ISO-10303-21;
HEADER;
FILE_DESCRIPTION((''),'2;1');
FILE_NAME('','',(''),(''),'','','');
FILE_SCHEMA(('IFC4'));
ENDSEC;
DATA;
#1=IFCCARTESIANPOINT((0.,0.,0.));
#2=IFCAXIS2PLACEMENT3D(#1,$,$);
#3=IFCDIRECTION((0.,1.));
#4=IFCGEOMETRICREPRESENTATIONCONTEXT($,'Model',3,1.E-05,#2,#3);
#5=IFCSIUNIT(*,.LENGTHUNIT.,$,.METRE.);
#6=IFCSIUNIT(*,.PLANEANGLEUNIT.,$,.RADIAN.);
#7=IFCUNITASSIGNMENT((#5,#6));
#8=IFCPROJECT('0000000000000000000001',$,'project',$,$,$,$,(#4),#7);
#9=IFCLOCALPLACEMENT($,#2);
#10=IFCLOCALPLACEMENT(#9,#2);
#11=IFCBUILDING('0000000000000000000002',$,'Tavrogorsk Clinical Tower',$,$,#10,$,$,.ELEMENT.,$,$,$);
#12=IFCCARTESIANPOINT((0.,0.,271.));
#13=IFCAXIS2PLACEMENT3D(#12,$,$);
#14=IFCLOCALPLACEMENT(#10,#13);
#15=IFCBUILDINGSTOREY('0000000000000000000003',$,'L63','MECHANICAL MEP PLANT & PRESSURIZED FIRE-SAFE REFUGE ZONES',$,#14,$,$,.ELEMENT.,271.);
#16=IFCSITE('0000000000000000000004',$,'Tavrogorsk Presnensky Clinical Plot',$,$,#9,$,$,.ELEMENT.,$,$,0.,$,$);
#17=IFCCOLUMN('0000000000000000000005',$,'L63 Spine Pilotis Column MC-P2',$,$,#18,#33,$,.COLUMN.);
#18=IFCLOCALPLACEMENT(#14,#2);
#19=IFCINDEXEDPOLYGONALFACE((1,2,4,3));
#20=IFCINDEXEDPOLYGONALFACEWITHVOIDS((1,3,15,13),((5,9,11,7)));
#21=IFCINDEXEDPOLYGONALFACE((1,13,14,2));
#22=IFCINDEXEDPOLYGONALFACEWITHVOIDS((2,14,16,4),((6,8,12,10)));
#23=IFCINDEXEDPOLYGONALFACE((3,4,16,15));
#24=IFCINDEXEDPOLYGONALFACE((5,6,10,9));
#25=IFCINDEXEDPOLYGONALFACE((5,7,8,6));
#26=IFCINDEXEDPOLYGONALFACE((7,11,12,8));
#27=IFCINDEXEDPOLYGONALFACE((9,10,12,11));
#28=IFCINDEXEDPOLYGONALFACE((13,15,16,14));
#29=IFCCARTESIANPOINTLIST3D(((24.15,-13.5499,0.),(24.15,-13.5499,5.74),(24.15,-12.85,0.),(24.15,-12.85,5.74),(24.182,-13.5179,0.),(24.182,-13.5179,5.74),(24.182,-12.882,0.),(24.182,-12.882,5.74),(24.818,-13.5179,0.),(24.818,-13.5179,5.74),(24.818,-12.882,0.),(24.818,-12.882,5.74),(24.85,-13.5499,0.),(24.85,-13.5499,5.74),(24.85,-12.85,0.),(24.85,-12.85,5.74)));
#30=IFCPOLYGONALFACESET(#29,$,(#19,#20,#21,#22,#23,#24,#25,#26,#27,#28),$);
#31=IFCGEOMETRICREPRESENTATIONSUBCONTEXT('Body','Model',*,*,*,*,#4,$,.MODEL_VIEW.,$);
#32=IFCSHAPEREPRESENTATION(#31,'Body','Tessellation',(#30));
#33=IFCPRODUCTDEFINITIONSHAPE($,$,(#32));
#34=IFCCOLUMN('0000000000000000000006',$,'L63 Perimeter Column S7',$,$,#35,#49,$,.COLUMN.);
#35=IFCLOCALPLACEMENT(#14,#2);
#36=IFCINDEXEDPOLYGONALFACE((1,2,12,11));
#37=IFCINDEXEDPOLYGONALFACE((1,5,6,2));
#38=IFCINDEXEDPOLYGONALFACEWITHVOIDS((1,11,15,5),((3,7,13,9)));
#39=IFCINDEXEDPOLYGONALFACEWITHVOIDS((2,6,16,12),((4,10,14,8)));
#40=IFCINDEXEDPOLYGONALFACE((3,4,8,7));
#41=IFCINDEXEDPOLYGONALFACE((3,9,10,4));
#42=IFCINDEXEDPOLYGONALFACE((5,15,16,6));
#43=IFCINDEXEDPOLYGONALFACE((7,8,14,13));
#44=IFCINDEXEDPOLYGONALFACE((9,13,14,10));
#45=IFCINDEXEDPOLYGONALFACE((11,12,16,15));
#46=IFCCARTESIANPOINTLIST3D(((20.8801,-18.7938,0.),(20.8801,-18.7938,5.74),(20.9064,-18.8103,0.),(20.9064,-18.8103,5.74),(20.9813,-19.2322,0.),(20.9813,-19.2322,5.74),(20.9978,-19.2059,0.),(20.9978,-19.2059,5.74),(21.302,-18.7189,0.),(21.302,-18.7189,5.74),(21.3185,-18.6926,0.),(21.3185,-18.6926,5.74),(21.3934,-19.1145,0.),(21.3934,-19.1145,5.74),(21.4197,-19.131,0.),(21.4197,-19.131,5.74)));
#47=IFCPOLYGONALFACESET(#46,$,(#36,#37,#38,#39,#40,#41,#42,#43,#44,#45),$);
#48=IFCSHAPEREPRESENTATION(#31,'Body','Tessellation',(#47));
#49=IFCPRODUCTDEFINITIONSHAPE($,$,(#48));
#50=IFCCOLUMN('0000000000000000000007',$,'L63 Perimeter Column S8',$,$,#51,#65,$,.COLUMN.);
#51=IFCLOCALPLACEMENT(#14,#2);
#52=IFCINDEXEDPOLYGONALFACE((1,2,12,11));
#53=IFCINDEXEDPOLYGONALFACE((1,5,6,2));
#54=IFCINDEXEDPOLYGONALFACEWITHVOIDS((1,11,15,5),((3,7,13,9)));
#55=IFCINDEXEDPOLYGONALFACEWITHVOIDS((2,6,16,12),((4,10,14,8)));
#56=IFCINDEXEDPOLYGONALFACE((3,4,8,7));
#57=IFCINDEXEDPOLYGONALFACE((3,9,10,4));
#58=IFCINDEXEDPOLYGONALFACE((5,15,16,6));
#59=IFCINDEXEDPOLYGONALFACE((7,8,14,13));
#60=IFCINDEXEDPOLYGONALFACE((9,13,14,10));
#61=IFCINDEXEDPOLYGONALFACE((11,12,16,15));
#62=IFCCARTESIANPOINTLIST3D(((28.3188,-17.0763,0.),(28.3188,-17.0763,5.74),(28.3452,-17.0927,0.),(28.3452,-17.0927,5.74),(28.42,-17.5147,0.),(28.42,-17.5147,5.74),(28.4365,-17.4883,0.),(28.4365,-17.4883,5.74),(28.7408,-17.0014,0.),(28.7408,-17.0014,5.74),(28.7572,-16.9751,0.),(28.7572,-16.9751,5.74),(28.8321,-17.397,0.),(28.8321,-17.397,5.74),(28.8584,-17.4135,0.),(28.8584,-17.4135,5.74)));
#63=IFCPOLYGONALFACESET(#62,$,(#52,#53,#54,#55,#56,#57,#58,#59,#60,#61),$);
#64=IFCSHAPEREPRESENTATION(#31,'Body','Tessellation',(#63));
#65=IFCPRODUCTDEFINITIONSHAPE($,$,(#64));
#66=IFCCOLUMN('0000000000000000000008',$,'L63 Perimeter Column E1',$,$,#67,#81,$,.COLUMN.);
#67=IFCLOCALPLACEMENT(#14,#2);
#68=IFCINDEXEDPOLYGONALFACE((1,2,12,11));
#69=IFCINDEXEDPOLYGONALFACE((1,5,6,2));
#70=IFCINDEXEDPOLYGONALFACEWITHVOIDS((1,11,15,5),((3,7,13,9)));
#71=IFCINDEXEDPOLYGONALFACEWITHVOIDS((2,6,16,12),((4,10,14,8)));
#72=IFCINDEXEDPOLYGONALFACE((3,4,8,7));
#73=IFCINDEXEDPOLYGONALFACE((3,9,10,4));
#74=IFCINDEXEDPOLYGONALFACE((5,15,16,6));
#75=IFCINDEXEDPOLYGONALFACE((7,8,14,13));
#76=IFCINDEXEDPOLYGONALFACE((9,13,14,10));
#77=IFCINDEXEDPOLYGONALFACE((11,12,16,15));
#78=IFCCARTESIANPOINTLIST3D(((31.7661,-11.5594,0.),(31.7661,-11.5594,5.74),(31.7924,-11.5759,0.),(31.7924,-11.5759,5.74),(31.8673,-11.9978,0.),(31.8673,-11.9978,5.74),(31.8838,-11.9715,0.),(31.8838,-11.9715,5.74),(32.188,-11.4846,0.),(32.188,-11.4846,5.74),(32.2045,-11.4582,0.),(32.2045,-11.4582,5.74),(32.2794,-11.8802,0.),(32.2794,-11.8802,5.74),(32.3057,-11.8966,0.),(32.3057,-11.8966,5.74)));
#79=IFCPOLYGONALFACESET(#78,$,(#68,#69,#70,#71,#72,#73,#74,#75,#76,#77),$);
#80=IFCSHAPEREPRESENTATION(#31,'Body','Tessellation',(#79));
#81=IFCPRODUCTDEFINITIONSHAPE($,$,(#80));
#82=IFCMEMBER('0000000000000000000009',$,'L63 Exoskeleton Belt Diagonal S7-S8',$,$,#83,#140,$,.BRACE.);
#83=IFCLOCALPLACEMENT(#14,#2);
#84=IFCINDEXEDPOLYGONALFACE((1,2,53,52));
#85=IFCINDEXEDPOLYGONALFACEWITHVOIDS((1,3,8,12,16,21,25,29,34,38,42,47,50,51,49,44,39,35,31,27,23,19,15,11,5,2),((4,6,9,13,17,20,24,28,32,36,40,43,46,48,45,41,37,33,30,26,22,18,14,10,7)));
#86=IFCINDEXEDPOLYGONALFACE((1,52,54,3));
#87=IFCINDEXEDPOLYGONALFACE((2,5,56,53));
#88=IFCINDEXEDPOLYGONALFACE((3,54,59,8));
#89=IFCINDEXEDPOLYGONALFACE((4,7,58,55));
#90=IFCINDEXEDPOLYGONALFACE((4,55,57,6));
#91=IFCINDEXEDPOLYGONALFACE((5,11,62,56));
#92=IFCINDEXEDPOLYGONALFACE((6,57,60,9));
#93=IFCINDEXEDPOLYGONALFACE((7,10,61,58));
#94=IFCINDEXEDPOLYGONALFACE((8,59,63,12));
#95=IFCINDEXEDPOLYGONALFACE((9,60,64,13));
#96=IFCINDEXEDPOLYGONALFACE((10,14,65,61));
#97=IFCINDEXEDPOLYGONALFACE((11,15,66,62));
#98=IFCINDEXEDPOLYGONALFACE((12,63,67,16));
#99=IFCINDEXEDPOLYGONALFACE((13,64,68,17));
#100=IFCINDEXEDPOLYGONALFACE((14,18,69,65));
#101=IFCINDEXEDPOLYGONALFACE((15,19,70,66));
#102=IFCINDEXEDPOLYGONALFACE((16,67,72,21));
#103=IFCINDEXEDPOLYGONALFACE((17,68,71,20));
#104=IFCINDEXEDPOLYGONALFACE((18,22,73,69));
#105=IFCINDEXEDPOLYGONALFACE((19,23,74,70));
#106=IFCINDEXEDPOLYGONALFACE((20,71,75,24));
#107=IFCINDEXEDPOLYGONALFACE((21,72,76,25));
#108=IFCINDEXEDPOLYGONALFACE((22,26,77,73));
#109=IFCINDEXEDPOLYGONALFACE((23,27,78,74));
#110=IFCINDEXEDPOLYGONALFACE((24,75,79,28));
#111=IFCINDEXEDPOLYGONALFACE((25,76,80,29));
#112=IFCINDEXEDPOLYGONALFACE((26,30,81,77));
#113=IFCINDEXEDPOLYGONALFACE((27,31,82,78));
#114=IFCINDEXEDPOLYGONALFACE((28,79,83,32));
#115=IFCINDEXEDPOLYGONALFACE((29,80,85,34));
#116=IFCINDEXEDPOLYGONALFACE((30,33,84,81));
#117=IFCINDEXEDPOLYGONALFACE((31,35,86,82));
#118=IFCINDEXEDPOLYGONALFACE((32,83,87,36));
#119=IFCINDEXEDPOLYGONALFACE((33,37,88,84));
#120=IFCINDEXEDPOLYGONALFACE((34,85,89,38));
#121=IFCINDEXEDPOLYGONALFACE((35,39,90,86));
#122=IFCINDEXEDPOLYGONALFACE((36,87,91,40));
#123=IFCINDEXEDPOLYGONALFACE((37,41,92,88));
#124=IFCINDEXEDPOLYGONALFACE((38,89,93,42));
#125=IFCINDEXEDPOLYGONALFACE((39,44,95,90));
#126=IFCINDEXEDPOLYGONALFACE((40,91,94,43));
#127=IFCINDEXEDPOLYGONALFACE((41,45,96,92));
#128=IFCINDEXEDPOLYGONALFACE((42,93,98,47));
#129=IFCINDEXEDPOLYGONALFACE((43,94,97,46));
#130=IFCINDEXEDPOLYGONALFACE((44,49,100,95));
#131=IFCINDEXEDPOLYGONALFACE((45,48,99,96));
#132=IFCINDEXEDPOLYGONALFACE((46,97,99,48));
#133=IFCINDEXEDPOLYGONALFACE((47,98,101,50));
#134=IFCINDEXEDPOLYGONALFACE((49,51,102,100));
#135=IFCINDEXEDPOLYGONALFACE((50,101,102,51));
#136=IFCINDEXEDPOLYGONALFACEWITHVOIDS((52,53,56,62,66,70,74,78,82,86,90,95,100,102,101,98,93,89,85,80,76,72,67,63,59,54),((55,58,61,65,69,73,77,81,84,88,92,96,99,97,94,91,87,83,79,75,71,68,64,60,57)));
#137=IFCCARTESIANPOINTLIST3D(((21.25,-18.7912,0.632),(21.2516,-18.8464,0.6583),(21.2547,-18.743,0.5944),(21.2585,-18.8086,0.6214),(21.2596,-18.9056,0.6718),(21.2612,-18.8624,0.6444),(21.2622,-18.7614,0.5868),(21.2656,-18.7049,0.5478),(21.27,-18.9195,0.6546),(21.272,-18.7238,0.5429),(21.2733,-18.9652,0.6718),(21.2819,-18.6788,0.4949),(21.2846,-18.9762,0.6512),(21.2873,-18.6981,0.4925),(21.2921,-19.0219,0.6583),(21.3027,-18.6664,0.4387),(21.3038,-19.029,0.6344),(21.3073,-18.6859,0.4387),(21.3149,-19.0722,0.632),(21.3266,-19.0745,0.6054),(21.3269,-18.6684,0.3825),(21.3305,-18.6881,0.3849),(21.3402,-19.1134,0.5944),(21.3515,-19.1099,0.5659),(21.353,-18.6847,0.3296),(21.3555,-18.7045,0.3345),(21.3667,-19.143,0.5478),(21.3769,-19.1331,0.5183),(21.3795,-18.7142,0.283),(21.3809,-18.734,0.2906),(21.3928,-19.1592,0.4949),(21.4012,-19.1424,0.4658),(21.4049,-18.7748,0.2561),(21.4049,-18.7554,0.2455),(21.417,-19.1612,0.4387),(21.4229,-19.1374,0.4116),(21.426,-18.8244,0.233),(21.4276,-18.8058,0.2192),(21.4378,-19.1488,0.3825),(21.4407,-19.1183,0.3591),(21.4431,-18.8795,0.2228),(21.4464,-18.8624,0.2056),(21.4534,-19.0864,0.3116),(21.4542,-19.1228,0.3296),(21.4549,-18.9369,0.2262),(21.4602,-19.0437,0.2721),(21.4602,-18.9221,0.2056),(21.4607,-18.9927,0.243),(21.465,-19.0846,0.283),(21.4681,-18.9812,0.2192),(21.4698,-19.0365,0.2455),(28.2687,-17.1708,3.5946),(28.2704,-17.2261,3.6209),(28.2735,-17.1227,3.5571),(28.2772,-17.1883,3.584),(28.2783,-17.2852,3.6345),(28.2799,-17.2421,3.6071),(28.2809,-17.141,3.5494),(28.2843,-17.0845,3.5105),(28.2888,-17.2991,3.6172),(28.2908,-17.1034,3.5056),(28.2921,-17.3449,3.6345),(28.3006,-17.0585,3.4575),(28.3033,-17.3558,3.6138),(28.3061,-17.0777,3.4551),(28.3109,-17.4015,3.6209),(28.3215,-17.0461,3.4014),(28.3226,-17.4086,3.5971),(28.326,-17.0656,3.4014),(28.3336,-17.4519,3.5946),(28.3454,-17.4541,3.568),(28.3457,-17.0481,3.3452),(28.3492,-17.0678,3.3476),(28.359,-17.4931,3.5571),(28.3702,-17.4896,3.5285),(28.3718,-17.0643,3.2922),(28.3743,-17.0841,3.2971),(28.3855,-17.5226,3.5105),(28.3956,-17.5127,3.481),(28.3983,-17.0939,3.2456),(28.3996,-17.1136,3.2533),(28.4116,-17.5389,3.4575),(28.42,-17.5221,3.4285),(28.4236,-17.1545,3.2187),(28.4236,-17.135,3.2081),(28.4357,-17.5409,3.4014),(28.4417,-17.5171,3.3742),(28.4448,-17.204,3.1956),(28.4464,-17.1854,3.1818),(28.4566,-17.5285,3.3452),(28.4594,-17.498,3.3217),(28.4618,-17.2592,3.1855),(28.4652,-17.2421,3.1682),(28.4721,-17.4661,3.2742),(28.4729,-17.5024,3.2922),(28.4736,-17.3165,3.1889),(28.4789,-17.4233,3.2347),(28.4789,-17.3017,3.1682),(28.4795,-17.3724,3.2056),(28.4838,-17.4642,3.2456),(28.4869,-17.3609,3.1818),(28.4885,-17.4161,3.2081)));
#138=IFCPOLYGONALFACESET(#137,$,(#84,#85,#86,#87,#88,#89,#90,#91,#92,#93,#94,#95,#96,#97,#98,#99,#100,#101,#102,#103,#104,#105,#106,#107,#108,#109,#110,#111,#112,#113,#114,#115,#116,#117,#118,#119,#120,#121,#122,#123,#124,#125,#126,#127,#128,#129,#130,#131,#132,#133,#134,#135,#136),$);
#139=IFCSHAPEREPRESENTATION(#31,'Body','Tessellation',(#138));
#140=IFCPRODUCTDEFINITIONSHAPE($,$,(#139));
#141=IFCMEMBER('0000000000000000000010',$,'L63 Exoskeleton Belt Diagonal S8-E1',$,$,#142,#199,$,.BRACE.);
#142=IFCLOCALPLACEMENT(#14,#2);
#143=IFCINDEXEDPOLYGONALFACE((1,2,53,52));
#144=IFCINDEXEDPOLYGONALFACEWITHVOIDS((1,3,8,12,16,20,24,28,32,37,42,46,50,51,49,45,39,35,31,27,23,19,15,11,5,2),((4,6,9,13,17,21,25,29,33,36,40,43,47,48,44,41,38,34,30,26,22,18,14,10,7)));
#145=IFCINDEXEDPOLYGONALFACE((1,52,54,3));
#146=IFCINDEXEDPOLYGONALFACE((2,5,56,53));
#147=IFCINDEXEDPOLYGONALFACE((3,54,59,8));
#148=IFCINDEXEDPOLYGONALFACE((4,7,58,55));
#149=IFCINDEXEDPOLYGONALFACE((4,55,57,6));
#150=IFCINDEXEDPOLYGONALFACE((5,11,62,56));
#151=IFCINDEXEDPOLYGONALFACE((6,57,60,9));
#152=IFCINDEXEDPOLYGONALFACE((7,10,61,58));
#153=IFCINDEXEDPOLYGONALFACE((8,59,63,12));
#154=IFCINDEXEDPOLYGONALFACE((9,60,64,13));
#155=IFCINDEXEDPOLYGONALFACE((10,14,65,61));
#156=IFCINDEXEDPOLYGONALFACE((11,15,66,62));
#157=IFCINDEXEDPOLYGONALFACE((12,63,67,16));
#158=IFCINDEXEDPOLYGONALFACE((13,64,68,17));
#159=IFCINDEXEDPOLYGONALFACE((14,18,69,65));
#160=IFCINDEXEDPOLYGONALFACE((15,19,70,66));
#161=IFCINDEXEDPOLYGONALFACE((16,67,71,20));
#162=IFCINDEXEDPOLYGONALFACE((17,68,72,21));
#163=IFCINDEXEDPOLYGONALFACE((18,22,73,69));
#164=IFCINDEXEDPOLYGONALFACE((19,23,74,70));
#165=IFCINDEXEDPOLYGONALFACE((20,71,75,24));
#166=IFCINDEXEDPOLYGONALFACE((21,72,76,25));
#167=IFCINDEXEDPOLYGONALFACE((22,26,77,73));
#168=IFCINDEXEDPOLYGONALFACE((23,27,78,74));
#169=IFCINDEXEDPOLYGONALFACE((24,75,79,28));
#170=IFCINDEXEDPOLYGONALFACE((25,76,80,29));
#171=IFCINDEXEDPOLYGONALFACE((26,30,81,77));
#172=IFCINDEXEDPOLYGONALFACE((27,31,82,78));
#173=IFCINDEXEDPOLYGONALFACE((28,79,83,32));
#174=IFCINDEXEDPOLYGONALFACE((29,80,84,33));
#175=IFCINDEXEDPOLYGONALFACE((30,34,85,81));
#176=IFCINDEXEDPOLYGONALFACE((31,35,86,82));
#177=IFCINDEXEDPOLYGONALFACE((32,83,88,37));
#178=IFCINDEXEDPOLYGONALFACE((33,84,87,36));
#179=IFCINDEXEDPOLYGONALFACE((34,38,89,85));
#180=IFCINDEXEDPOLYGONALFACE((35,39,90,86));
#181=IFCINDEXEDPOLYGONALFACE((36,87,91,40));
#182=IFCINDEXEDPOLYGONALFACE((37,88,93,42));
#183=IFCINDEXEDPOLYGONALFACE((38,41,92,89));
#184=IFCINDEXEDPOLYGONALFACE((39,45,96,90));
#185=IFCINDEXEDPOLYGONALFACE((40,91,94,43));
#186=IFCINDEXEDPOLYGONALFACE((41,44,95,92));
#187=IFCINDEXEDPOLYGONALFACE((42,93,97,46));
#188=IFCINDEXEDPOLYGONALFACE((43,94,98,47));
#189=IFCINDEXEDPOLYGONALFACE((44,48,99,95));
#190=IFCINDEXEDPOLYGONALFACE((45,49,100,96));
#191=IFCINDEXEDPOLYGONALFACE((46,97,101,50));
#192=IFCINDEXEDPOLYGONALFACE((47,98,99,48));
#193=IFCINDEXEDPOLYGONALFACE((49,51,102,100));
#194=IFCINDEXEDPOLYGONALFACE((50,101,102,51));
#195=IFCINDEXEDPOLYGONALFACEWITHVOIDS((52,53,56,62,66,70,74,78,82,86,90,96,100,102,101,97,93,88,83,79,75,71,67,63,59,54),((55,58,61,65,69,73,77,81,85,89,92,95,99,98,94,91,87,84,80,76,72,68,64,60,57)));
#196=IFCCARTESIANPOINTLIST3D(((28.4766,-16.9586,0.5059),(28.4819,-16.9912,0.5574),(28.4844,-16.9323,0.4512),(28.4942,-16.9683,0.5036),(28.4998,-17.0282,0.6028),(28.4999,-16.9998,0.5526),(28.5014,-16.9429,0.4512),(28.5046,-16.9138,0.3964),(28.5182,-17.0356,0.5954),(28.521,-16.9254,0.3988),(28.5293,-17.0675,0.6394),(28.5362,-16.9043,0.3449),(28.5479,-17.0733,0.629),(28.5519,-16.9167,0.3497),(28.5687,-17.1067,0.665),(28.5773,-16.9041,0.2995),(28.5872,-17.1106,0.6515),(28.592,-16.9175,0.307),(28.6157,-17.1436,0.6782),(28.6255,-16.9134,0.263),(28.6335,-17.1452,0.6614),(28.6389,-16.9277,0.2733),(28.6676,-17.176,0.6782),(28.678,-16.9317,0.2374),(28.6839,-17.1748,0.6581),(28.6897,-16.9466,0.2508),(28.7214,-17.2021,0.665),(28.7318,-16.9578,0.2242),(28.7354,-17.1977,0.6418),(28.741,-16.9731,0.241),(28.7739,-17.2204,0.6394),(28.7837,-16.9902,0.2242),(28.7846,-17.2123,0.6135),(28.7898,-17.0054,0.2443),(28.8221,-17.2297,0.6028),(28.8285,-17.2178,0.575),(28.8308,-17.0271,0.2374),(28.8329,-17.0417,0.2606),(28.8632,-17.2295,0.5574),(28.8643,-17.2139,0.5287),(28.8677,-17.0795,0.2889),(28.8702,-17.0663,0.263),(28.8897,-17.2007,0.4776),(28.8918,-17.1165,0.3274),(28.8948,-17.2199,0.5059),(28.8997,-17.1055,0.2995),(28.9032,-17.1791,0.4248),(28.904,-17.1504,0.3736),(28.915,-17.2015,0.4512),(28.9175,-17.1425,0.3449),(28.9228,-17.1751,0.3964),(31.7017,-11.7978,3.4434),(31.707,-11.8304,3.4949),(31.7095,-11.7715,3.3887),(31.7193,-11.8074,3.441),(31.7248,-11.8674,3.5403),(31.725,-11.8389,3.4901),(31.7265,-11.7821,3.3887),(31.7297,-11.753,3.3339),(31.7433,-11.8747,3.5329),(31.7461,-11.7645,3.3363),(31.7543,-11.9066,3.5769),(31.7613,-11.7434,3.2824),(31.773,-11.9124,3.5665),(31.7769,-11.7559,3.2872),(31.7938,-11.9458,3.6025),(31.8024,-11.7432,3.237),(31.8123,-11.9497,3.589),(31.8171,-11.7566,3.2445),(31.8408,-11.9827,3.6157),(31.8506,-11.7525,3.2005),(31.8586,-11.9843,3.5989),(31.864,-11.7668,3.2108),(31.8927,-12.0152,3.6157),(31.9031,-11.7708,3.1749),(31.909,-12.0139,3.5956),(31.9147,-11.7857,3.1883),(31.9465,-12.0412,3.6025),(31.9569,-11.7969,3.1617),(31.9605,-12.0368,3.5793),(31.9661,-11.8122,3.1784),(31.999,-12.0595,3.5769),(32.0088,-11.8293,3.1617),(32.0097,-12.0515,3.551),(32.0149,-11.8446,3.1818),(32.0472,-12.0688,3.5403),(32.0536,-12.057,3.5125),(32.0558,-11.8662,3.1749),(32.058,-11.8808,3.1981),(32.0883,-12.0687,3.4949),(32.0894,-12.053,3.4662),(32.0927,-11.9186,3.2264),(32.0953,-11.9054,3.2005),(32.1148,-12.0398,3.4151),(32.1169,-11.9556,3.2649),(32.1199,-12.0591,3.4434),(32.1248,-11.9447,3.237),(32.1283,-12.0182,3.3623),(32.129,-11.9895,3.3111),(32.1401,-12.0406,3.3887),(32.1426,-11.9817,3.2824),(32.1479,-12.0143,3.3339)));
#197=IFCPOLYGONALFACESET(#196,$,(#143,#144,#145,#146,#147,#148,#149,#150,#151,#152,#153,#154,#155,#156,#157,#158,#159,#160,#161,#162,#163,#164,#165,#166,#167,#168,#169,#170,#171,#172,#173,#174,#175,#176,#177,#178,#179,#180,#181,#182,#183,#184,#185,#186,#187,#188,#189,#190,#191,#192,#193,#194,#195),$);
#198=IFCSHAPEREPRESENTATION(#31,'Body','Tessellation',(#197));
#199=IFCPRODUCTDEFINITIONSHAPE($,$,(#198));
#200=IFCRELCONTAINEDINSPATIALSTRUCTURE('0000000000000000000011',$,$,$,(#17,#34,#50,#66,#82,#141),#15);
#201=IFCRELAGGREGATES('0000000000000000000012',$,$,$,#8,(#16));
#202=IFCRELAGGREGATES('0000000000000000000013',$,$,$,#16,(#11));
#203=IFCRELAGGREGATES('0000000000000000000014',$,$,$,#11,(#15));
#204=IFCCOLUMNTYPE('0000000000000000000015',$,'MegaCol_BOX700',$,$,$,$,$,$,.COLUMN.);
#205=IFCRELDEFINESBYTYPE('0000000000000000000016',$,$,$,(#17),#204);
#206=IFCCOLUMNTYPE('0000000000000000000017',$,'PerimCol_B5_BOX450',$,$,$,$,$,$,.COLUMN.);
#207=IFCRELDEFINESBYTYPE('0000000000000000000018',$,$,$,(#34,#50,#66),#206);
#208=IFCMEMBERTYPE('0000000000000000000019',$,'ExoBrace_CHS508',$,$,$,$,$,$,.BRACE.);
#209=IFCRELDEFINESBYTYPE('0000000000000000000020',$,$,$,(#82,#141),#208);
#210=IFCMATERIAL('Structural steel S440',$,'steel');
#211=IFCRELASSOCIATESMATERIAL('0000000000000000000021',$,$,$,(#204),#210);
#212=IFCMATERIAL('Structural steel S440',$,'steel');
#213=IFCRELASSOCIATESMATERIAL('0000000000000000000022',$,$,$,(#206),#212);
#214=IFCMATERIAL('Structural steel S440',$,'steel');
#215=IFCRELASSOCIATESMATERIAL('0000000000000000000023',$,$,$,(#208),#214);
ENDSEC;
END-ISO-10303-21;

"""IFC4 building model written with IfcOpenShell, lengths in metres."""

from ifc_helpers import new_model, si_unit, direction, frame, origin, origin_2d, place, context, subcontext, project, spatial, hollow_rectangle, hollow_circle, extrude, material, material_profile, profile_set, type_object, element, save


model = new_model("IFC4")

# Units and contexts
model_context = context("Model", 3, precision=1e-05, world=origin(), true_north=direction((0.0, 1.0)))
body_context = subcontext(model_context, "Body", "Model", "MODEL_VIEW")
ifc_project = project(units=[si_unit("LENGTHUNIT", "METRE"), si_unit("PLANEANGLEUNIT", "RADIAN")], contexts=[model_context])

# Site, building, storey
site_placement = place(None, origin())
site = spatial("IfcSite", under=ifc_project, at=site_placement, Name="Tavrogorsk Presnensky Clinical Plot", CompositionType="ELEMENT", RefElevation=0.0)
building_placement = place(site_placement, origin())
building = spatial("IfcBuilding", under=site, at=building_placement, Name="Tavrogorsk Clinical Tower", CompositionType="ELEMENT")
storey_placement = place(building_placement, frame((0.0, 0.0, 271.0)))
storey = spatial("IfcBuildingStorey", under=building, at=storey_placement, Name="L63", Description="MECHANICAL MEP PLANT & PRESSURIZED FIRE-SAFE REFUGE ZONES", CompositionType="ELEMENT", Elevation=271.0)

# Columns
ifc_material_1 = material(Name="Structural steel S440", Category="steel")
ifc_material_profile_1 = material_profile(ifc_material_1, hollow_rectangle(XDim=0.7, YDim=0.7, WallThickness=0.032, at=origin_2d()), Name="BOX-700x700x32")
ifc_profile_set_1 = profile_set([ifc_material_profile_1], Name="Structural steel S440")
column_type_1 = type_object("IfcColumnType", Name="MegaCol_BOX700", PredefinedType="COLUMN", material=ifc_profile_set_1)
column_placement = place(storey_placement, frame((24.5, -13.2, 0.0), z_axis=(0.0, 0.0, 1.0), x_axis=(1.0, 0.0, 0.0)))
element("IfcColumn", 1, at=column_placement, inside=storey, type_object=column_type_1, Name="L63 Spine Pilotis Column MC-P2", PredefinedType="COLUMN", context=body_context, shape_type="SweptSolid", body=[
    extrude(hollow_rectangle(XDim=0.7, YDim=0.7, WallThickness=0.032, at=origin_2d()), origin(), (0.0, 0.0, 1.0), 5.74),
])
ifc_material_2 = material(Name="Structural steel S440", Category="steel")
ifc_material_profile_2 = material_profile(ifc_material_2, hollow_rectangle(XDim=0.45, YDim=0.45, WallThickness=0.022, at=origin_2d()), Name="BOX-450x450x22")
ifc_profile_set_2 = profile_set([ifc_material_profile_2], Name="Structural steel S440")
column_type_2 = type_object("IfcColumnType", Name="PerimCol_B5_BOX450", PredefinedType="COLUMN", material=ifc_profile_set_2)
for number, where, z_axis, x_axis, name in (
    (2, (21.1499, -18.9624, 0.0), (0.0, 0.0, 1.0), (0.97437, 0.224951, 0.0), "L63 Perimeter Column S7"),
    (3, (28.5886, -17.2449, 0.0), (0.0, 0.0, 1.0), (0.97437, 0.224951, 0.0), "L63 Perimeter Column S8"),
    (4, (32.0359, -11.728, 0.0), (0.0, 0.0, 1.0), (0.97437, 0.224951, 0.0), "L63 Perimeter Column E1"),
):
    element("IfcColumn", number, at=place(storey_placement, frame(where, z_axis=z_axis, x_axis=x_axis)), inside=storey, type_object=column_type_2, Name=name, PredefinedType="COLUMN", context=body_context, shape_type="SweptSolid", body=[
        extrude(hollow_rectangle(XDim=0.45, YDim=0.45, WallThickness=0.022, at=origin_2d()), origin(), (0.0, 0.0, 1.0), 5.74),
    ])

# Members
ifc_material_3 = material(Name="Structural steel S440", Category="steel")
ifc_material_profile_3 = material_profile(ifc_material_3, hollow_circle(Radius=0.2539, WallThickness=0.02, at=origin_2d()), Name="CHS-508x20")
ifc_profile_set_3 = profile_set([ifc_material_profile_3], Name="Structural steel S440")
member_type = type_object("IfcMemberType", Name="ExoBrace_CHS508", PredefinedType="BRACE", material=ifc_profile_set_3)
member_1_placement = place(storey_placement, frame((21.3599, -18.9138, 0.4387), z_axis=(0.901133, 0.208036, 0.38037), x_axis=(-0.224944, 0.974372, 0.0)))
element("IfcMember", 5, at=member_1_placement, inside=storey, type_object=member_type, Name="L63 Exoskeleton Belt Diagonal S7-S8", PredefinedType="BRACE", context=body_context, shape_type="SweptSolid", body=[
    extrude(hollow_circle(Radius=0.2539, WallThickness=0.02, at=origin_2d()), origin(), (0.0, 0.0, 1.0), 7.7888),
])
member_2_placement = place(storey_placement, frame((28.6997, -17.0669, 0.4512), z_axis=(0.477256, 0.763718, 0.434697), x_axis=(-0.848032, 0.529945, 0.0)))
element("IfcMember", 6, at=member_2_placement, inside=storey, type_object=member_type, Name="L63 Exoskeleton Belt Diagonal S8-E1", PredefinedType="BRACE", context=body_context, shape_type="SweptSolid", body=[
    extrude(hollow_circle(Radius=0.2539, WallThickness=0.02, at=origin_2d()), origin(), (0.0, 0.0, 1.0), 6.7576),
])

save(model, "model.ifc")
